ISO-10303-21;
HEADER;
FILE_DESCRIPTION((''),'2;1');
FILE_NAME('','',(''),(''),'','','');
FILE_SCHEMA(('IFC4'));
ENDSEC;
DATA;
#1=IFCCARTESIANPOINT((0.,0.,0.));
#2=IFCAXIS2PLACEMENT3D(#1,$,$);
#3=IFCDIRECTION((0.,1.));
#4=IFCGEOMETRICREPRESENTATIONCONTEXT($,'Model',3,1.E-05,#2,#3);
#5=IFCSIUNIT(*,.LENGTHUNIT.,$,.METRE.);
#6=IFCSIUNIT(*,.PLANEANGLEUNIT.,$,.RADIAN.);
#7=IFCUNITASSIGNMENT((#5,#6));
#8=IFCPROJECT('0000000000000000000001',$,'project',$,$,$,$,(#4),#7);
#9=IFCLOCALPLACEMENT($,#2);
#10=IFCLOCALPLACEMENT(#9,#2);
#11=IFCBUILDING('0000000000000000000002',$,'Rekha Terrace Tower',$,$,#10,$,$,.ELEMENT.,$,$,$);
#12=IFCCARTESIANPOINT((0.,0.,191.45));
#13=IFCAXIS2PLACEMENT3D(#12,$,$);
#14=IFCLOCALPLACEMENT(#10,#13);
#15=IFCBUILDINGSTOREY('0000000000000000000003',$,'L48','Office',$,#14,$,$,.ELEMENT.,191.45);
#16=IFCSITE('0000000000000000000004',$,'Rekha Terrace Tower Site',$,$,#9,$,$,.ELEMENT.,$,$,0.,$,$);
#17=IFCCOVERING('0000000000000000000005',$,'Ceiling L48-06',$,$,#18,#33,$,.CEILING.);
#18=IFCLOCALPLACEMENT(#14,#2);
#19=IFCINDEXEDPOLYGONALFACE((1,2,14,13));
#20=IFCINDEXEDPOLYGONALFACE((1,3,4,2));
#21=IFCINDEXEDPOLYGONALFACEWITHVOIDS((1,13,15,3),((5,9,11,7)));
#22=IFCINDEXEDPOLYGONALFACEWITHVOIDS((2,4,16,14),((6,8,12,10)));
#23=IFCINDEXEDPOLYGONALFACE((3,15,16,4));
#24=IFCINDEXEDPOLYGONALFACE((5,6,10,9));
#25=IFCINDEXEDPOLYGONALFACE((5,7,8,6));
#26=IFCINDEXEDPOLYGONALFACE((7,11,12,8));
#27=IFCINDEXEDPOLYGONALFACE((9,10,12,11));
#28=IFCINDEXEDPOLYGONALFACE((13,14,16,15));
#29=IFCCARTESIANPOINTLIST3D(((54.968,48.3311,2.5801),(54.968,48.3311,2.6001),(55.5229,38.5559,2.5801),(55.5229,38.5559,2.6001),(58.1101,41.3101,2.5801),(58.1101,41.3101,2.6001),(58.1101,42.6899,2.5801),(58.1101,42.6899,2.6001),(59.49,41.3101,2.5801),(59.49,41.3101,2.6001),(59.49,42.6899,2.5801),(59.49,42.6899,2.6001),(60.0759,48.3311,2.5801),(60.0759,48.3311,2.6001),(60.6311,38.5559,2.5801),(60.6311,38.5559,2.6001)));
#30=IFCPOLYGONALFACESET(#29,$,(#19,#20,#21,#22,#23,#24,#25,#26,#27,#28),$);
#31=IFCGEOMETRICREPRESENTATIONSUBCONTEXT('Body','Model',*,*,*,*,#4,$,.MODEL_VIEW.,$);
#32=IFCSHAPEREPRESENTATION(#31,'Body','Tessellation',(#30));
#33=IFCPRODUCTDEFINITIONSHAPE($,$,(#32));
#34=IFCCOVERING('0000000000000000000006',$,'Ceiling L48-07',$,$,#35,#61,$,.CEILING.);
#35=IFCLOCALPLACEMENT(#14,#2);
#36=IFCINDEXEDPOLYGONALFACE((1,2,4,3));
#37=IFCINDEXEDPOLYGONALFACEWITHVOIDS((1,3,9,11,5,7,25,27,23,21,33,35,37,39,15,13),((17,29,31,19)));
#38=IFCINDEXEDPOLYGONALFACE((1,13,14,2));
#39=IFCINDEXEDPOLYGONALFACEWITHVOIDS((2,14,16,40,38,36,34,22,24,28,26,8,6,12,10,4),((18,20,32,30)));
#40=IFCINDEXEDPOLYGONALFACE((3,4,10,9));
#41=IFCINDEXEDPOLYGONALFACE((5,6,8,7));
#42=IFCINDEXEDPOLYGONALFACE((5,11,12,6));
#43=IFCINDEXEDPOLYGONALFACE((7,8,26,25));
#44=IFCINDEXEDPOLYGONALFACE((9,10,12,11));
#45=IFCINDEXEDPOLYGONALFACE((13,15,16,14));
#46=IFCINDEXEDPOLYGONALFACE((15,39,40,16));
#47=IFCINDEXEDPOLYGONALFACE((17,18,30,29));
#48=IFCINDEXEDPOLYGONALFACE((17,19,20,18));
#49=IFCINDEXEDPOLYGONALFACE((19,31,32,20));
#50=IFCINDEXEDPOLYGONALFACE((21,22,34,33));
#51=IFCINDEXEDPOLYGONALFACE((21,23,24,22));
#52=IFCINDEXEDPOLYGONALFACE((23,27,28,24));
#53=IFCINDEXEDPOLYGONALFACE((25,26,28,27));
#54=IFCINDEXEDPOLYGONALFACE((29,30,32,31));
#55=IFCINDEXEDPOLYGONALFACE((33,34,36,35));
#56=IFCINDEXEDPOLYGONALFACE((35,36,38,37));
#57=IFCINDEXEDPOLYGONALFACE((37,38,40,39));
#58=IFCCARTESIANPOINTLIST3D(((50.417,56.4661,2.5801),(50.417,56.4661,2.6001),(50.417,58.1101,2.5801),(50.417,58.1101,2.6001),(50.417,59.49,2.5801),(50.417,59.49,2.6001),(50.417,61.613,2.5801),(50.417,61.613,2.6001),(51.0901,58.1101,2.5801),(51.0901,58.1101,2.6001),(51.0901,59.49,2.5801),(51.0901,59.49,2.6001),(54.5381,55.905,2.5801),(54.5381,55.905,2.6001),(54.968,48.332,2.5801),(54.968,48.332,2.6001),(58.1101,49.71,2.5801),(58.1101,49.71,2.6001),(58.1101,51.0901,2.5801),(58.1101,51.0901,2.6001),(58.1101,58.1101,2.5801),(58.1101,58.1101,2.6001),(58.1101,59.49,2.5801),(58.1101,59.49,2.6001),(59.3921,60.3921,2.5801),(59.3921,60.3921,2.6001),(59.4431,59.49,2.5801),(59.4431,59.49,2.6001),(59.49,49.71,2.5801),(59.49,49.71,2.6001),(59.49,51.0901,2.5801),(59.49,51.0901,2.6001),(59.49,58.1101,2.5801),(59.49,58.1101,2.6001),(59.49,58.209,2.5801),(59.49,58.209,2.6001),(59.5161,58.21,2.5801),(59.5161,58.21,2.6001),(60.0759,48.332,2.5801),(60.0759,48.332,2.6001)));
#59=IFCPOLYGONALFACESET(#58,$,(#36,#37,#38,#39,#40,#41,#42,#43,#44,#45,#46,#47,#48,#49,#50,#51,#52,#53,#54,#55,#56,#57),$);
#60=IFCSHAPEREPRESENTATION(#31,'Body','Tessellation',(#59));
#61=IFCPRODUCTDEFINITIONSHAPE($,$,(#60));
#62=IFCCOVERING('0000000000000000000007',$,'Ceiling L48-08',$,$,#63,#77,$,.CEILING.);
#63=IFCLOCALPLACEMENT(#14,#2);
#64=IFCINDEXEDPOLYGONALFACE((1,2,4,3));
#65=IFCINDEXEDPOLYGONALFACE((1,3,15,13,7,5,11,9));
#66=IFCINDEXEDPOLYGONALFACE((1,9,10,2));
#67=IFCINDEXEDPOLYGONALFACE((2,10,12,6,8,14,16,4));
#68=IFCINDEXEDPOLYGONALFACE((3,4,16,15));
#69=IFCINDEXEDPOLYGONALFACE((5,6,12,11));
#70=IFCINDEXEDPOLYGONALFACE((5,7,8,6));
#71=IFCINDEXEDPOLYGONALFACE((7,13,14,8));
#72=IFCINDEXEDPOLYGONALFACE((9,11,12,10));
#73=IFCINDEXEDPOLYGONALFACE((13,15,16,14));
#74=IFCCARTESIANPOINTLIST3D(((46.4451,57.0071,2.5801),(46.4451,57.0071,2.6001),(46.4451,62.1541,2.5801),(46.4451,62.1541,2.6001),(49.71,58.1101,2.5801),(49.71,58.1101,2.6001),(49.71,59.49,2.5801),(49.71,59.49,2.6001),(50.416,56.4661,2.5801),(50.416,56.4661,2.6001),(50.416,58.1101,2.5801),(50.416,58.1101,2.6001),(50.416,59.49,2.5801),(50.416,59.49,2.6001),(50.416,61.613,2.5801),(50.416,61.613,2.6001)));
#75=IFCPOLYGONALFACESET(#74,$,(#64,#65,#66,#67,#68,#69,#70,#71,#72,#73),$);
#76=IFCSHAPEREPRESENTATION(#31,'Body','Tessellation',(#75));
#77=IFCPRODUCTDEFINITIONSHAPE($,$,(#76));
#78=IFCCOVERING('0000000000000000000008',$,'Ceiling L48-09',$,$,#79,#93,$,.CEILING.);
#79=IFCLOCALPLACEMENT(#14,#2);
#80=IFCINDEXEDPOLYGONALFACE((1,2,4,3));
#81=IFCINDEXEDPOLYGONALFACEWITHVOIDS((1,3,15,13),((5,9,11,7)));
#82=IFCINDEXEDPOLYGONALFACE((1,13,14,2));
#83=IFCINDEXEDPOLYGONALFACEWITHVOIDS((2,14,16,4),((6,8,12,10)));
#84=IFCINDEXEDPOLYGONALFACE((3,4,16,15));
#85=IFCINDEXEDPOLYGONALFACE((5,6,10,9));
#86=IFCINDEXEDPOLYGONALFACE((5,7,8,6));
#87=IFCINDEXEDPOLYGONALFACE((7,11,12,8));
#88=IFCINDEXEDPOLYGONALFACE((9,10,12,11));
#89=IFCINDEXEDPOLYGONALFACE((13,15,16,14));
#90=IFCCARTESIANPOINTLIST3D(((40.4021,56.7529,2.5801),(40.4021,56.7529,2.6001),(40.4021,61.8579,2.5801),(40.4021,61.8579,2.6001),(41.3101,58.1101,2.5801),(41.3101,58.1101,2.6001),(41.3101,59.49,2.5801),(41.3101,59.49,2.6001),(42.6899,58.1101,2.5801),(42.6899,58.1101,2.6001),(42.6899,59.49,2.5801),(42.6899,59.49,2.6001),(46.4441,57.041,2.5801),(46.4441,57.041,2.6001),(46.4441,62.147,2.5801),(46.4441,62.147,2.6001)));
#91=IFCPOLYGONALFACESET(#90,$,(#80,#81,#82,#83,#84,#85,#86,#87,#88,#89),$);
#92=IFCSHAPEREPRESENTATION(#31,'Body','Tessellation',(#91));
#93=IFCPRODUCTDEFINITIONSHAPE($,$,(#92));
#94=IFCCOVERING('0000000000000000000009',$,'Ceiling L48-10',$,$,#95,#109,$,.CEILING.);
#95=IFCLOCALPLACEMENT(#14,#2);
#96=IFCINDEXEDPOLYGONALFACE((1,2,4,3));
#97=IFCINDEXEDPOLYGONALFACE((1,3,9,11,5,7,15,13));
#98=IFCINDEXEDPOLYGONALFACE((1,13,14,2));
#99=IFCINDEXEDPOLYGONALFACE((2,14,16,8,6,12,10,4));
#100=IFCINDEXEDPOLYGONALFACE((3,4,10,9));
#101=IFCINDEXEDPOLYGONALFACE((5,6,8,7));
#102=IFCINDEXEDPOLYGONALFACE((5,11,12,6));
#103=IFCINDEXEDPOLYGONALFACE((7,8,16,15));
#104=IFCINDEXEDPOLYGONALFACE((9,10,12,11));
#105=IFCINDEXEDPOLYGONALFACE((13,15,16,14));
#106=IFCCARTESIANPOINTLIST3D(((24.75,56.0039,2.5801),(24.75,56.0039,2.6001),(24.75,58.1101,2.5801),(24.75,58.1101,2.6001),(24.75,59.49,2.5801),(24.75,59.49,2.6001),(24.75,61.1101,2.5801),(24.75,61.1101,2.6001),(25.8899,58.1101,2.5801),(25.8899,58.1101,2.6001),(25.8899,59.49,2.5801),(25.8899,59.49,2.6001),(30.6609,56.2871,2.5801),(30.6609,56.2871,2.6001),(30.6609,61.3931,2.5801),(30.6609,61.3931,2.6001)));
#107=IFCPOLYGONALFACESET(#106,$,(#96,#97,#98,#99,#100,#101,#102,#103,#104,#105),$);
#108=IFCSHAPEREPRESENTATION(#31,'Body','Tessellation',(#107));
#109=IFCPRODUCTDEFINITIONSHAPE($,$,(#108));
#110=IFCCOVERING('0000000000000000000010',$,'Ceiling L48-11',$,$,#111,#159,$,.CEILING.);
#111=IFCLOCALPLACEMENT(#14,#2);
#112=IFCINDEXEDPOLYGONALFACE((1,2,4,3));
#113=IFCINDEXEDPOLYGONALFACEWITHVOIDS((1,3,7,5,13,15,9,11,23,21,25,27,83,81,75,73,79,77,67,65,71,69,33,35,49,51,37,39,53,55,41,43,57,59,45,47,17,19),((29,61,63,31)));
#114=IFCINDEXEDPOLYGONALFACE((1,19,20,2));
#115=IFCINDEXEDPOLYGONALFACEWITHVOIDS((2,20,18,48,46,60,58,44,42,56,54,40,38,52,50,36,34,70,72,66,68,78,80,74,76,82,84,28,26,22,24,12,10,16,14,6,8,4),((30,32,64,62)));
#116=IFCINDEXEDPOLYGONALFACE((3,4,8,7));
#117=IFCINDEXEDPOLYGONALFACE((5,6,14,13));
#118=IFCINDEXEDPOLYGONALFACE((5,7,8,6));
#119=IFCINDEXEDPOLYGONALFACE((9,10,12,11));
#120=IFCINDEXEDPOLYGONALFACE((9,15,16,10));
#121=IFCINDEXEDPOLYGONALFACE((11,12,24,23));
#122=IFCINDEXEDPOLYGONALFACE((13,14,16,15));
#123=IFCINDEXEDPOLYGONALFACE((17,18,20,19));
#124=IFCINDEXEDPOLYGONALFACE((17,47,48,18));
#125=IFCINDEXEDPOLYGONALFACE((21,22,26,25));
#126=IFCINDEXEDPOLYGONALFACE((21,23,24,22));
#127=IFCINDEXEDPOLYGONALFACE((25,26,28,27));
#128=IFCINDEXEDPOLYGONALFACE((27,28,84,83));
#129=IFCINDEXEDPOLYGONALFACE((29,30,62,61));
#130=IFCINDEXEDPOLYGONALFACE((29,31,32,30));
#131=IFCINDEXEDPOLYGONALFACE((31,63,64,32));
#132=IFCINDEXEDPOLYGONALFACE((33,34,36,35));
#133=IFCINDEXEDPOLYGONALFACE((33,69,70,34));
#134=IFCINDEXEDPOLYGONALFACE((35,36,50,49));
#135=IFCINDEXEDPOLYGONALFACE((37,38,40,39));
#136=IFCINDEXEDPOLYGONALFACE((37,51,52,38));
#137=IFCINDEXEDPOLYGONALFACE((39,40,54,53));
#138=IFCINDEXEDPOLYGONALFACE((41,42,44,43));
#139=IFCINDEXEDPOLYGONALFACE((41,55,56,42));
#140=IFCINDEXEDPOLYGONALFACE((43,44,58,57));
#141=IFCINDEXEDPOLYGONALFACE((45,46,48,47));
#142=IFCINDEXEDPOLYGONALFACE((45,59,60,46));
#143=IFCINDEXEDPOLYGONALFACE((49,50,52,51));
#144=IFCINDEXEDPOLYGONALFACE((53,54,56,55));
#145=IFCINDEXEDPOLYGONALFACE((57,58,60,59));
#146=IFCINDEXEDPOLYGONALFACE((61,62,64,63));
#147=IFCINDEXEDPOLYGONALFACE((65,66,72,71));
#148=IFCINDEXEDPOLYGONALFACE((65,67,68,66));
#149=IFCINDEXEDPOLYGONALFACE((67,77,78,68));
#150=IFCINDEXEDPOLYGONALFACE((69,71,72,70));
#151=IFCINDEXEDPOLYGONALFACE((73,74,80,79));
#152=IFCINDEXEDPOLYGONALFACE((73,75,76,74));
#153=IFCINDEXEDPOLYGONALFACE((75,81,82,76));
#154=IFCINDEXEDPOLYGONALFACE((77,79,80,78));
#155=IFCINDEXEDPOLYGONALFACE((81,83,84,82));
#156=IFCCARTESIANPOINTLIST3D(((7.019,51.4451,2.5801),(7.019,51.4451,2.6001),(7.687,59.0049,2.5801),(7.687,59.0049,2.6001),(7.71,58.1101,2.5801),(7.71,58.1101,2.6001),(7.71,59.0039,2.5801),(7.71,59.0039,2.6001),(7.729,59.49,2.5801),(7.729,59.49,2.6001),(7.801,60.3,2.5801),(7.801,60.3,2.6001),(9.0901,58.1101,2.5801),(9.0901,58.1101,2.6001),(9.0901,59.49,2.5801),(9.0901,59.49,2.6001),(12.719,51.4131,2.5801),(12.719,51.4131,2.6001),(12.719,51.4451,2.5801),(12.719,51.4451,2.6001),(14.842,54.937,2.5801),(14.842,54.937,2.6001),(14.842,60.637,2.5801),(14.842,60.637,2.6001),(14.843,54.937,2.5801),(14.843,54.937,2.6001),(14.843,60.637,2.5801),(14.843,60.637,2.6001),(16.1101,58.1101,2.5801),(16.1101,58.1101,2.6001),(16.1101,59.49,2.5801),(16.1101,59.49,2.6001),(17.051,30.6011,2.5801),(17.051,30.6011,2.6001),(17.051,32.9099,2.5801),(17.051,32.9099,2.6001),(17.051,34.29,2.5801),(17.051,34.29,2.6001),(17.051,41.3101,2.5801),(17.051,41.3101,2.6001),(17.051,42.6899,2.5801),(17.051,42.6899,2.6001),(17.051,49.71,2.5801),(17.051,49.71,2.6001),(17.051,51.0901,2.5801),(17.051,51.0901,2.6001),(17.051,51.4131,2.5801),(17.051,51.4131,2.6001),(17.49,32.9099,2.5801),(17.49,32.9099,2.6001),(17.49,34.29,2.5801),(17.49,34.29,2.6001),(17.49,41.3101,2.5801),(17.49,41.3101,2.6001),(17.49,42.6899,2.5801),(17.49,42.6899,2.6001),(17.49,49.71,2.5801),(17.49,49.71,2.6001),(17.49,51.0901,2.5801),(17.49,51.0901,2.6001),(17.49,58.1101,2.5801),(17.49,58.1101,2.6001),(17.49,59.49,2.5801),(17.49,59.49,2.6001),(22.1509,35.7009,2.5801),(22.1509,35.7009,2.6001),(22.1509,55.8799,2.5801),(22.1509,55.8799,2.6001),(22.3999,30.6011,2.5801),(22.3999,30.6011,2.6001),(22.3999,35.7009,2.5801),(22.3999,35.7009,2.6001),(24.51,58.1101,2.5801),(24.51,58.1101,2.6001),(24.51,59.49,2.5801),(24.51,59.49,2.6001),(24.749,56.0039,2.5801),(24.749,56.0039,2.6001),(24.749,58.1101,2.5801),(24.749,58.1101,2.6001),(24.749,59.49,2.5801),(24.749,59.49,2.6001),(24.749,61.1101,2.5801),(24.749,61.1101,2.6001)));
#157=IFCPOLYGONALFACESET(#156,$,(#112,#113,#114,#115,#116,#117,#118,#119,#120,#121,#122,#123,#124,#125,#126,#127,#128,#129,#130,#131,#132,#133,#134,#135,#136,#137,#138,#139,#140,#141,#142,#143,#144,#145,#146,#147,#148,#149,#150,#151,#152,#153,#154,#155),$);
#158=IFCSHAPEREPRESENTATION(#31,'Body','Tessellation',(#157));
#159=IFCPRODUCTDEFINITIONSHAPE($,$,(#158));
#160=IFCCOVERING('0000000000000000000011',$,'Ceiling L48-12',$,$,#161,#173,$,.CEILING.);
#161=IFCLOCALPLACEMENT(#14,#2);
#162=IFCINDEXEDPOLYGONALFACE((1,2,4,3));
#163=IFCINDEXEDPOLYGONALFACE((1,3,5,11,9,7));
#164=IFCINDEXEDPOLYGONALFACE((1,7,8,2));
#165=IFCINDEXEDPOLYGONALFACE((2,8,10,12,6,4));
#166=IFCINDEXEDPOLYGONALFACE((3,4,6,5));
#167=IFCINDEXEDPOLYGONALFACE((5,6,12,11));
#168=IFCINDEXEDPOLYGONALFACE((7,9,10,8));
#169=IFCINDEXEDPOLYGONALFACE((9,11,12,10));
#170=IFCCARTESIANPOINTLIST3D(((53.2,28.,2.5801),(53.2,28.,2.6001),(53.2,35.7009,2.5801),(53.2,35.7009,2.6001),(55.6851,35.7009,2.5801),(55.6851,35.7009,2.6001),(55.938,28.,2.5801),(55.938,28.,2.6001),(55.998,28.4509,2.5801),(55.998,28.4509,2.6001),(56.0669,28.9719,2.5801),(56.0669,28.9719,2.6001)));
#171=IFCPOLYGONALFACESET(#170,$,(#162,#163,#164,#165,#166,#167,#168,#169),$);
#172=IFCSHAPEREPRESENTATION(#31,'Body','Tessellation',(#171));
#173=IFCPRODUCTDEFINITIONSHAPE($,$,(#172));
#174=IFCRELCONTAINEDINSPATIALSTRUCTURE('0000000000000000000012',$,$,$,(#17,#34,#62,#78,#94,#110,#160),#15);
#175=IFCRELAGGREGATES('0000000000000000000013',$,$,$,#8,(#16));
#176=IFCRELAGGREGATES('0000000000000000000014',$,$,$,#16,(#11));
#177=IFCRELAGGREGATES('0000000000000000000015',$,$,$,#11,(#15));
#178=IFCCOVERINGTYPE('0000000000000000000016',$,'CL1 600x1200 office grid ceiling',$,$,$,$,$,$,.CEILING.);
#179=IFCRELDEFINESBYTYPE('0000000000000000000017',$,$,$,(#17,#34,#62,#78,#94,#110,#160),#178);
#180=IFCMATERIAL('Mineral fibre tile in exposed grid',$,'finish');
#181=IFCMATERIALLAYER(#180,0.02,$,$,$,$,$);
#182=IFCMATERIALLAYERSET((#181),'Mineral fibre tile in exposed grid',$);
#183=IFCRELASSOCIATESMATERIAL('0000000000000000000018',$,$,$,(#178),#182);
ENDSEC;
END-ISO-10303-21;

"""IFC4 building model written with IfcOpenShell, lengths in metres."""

from ifc_helpers import new_model, si_unit, direction, frame, origin, place, context, subcontext, project, spatial, polyline, outline, extrude, material, layer, layer_set, type_object, element, save


model = new_model("IFC4")

# Units and contexts
model_context = context("Model", 3, precision=1e-05, world=origin(), true_north=direction((0.0, 1.0)))
body_context = subcontext(model_context, "Body", "Model", "MODEL_VIEW")
ifc_project = project(units=[si_unit("LENGTHUNIT", "METRE"), si_unit("PLANEANGLEUNIT", "RADIAN")], contexts=[model_context])

# Site, building, storey
site_placement = place(None, origin())
site = spatial("IfcSite", under=ifc_project, at=site_placement, Name="Rekha Terrace Tower Site", CompositionType="ELEMENT", RefElevation=0.0)
building_placement = place(site_placement, origin())
building = spatial("IfcBuilding", under=site, at=building_placement, Name="Rekha Terrace Tower", CompositionType="ELEMENT")
storey_placement = place(building_placement, frame((0.0, 0.0, 191.45)))
storey = spatial("IfcBuildingStorey", under=building, at=storey_placement, Name="L48", Description="Office", CompositionType="ELEMENT", Elevation=191.45)

# Coverings
ifc_material_1 = material(Name="Mineral fibre tile in exposed grid", Category="finish")
ifc_layer_1 = layer(ifc_material_1, 0.02)
ifc_layer_set_1 = layer_set([ifc_layer_1], Name="Mineral fibre tile in exposed grid")
covering_type_1 = type_object("IfcCoveringType", Name="CL1 600x1200 office grid ceiling", PredefinedType="CEILING", material=ifc_layer_set_1)
covering_1_placement = place(storey_placement, frame((0.0, 0.0, 2.5801)))
element("IfcCovering", 1, at=covering_1_placement, inside=storey, type_object=covering_type_1, Name="Ceiling L48-06", PredefinedType="CEILING", context=body_context, shape_type="SweptSolid", body=[
    extrude(outline(polyline([(55.5229, 38.5559), (60.6311, 38.5559), (60.0759, 48.3311), (54.968, 48.3311), (55.5229, 38.5559)]), holes=[polyline([(59.49, 41.3101), (58.1101, 41.3101), (58.1101, 42.6899), (59.49, 42.6899), (59.49, 41.3101)])]), origin(), (0.0, 0.0, 1.0), 0.02),
])
covering_2_placement = place(storey_placement, frame((0.0, 0.0, 2.5801)))
element("IfcCovering", 2, at=covering_2_placement, inside=storey, type_object=covering_type_1, Name="Ceiling L48-07", PredefinedType="CEILING", context=body_context, shape_type="SweptSolid", body=[
    extrude(outline(polyline([(51.0901, 58.1101), (50.417, 58.1101), (50.417, 56.4661), (54.5381, 55.905), (54.968, 48.332), (60.0759, 48.332), (59.5161, 58.21), (59.49, 58.209), (59.49, 58.1101), (58.1101, 58.1101), (58.1101, 59.49), (59.4431, 59.49), (59.3921, 60.3921), (50.417, 61.613), (50.417, 59.49), (51.0901, 59.49), (51.0901, 58.1101)]), holes=[polyline([(59.49, 51.0901), (59.49, 49.71), (58.1101, 49.71), (58.1101, 51.0901), (59.49, 51.0901)])]), origin(), (0.0, 0.0, 1.0), 0.02),
])
covering_3_placement = place(storey_placement, frame((0.0, 0.0, 2.5801)))
element("IfcCovering", 3, at=covering_3_placement, inside=storey, type_object=covering_type_1, Name="Ceiling L48-08", PredefinedType="CEILING", context=body_context, shape_type="SweptSolid", body=[
    extrude(outline(polyline([(50.416, 59.49), (50.416, 61.613), (46.4451, 62.1541), (46.4451, 57.0071), (50.416, 56.4661), (50.416, 58.1101), (49.71, 58.1101), (49.71, 59.49), (50.416, 59.49)])), origin(), (0.0, 0.0, 1.0), 0.02),
])
covering_4_placement = place(storey_placement, frame((0.0, 0.0, 2.5801)))
element("IfcCovering", 4, at=covering_4_placement, inside=storey, type_object=covering_type_1, Name="Ceiling L48-09", PredefinedType="CEILING", context=body_context, shape_type="SweptSolid", body=[
    extrude(outline(polyline([(46.4441, 62.147), (40.4021, 61.8579), (40.4021, 56.7529), (46.4441, 57.041), (46.4441, 62.147)]), holes=[polyline([(42.6899, 59.49), (42.6899, 58.1101), (41.3101, 58.1101), (41.3101, 59.49), (42.6899, 59.49)])]), origin(), (0.0, 0.0, 1.0), 0.02),
])
covering_5_placement = place(storey_placement, frame((0.0, 0.0, 2.5801)))
element("IfcCovering", 5, at=covering_5_placement, inside=storey, type_object=covering_type_1, Name="Ceiling L48-10", PredefinedType="CEILING", context=body_context, shape_type="SweptSolid", body=[
    extrude(outline(polyline([(25.8899, 58.1101), (24.75, 58.1101), (24.75, 56.0039), (30.6609, 56.2871), (30.6609, 61.3931), (24.75, 61.1101), (24.75, 59.49), (25.8899, 59.49), (25.8899, 58.1101)])), origin(), (0.0, 0.0, 1.0), 0.02),
])
covering_6_placement = place(storey_placement, frame((0.0, 0.0, 2.5801)))
element("IfcCovering", 6, at=covering_6_placement, inside=storey, type_object=covering_type_1, Name="Ceiling L48-11", PredefinedType="CEILING", context=body_context, shape_type="SweptSolid", body=[
    extrude(outline(polyline([(7.687, 59.0049), (7.019, 51.4451), (12.719, 51.4451), (12.719, 51.4131), (17.051, 51.4131), (17.051, 51.0901), (17.49, 51.0901), (17.49, 49.71), (17.051, 49.71), (17.051, 42.6899), (17.49, 42.6899), (17.49, 41.3101), (17.051, 41.3101), (17.051, 34.29), (17.49, 34.29), (17.49, 32.9099), (17.051, 32.9099), (17.051, 30.6011), (22.3999, 30.6011), (22.3999, 35.7009), (22.1509, 35.7009), (22.1509, 55.8799), (24.749, 56.0039), (24.749, 58.1101), (24.51, 58.1101), (24.51, 59.49), (24.749, 59.49), (24.749, 61.1101), (14.843, 60.637), (14.843, 54.937), (14.842, 54.937), (14.842, 60.637), (7.801, 60.3), (7.729, 59.49), (9.0901, 59.49), (9.0901, 58.1101), (7.71, 58.1101), (7.71, 59.0039), (7.687, 59.0049)]), holes=[polyline([(17.49, 59.49), (17.49, 58.1101), (16.1101, 58.1101), (16.1101, 59.49), (17.49, 59.49)])]), origin(), (0.0, 0.0, 1.0), 0.02),
])
covering_7_placement = place(storey_placement, frame((0.0, 0.0, 2.5801)))
element("IfcCovering", 7, at=covering_7_placement, inside=storey, type_object=covering_type_1, Name="Ceiling L48-12", PredefinedType="CEILING", context=body_context, shape_type="SweptSolid", body=[
    extrude(outline(polyline([(55.6851, 35.7009), (53.2, 35.7009), (53.2, 28.0), (55.938, 28.0), (55.998, 28.4509), (56.0669, 28.9719), (55.6851, 35.7009)])), origin(), (0.0, 0.0, 1.0), 0.02),
])

save(model, "model.ifc")
